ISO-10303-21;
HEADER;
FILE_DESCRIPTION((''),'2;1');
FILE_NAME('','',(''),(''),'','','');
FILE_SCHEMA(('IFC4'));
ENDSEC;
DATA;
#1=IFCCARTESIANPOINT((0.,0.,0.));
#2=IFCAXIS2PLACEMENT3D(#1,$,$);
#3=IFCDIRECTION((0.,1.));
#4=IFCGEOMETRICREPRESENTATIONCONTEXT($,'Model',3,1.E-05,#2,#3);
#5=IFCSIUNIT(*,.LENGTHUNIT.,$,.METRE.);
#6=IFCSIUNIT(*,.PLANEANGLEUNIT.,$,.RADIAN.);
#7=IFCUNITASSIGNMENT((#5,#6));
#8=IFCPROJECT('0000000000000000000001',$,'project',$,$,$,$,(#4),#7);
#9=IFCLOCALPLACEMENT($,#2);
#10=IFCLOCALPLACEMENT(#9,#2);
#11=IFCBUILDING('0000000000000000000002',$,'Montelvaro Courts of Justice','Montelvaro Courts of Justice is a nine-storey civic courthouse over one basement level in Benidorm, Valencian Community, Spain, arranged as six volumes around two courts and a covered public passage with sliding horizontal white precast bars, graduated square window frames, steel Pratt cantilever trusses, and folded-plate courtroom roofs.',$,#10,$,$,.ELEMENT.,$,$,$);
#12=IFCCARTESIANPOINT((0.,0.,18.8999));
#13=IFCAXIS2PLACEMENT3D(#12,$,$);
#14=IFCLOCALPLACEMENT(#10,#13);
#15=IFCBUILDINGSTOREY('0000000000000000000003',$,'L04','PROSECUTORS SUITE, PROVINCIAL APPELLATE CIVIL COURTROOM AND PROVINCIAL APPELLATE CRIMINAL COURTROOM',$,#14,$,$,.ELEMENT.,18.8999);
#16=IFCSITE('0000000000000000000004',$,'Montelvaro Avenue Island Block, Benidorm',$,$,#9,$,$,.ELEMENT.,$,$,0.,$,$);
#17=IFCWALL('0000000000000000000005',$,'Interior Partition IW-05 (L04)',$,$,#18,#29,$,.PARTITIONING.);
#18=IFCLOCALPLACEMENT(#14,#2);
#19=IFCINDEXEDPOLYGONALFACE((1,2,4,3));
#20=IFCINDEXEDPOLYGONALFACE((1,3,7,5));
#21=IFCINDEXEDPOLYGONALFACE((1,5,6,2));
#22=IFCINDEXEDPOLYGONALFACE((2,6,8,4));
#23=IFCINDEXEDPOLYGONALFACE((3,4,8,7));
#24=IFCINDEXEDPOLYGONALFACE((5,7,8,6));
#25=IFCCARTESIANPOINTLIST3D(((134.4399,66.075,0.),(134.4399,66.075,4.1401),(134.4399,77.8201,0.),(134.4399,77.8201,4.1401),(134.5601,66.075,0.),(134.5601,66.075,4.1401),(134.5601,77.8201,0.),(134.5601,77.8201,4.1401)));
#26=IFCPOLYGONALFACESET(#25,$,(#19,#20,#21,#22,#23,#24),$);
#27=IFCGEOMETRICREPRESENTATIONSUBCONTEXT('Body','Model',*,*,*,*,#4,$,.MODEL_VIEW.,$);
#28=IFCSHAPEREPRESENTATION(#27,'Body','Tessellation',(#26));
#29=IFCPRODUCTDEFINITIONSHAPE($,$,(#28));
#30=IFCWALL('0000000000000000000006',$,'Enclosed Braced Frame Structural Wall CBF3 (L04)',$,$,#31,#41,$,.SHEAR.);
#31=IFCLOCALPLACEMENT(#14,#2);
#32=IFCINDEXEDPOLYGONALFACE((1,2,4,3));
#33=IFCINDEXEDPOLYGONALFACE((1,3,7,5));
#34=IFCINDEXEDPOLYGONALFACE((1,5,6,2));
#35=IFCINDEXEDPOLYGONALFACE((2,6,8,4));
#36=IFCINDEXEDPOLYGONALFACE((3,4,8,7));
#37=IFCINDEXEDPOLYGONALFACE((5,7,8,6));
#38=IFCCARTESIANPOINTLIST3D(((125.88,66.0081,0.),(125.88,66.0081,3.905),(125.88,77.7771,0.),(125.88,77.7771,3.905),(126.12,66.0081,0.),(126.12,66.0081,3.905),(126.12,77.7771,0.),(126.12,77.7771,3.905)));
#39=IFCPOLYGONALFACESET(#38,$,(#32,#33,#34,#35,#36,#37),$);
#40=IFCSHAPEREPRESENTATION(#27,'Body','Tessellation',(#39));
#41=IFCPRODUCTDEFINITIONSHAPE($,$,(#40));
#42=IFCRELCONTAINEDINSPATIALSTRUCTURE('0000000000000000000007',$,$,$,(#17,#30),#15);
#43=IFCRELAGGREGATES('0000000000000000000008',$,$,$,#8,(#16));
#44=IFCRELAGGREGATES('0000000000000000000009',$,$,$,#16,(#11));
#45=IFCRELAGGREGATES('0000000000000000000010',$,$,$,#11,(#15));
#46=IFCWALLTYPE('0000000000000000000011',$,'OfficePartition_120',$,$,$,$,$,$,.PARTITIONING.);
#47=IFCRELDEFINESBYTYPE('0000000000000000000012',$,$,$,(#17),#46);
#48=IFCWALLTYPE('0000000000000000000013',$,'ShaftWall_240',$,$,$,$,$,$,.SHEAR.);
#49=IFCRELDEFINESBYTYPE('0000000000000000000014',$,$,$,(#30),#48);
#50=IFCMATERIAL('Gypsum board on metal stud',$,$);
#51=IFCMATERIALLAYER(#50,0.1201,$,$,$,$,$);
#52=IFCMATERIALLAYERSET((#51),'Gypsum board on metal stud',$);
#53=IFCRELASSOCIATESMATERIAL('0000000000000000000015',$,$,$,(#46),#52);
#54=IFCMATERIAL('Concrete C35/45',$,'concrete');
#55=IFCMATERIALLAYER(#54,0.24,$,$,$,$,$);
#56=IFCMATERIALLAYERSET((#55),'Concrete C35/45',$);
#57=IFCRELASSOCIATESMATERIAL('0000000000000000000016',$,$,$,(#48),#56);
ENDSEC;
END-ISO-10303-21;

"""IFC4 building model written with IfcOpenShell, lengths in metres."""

from ifc_helpers import new_model, si_unit, direction, frame, frame_2d, origin, place, context, subcontext, project, spatial, rectangle, extrude, material, layer, layer_set, type_object, element, save


model = new_model("IFC4")

# Units and contexts
model_context = context("Model", 3, precision=1e-05, world=origin(), true_north=direction((0.0, 1.0)))
body_context = subcontext(model_context, "Body", "Model", "MODEL_VIEW")
ifc_project = project(units=[si_unit("LENGTHUNIT", "METRE"), si_unit("PLANEANGLEUNIT", "RADIAN")], contexts=[model_context])

# Site, building, storey
site_placement = place(None, origin())
site = spatial("IfcSite", under=ifc_project, at=site_placement, Name="Montelvaro Avenue Island Block, Benidorm", CompositionType="ELEMENT", RefElevation=0.0)
building_placement = place(site_placement, origin())
building = spatial("IfcBuilding", under=site, at=building_placement, Name="Montelvaro Courts of Justice", Description="Montelvaro Courts of Justice is a nine-storey civic courthouse over one basement level in Benidorm, Valencian Community, Spain, arranged as six volumes around two courts and a covered public passage with sliding horizontal white precast bars, graduated square window frames, steel Pratt cantilever trusses, and folded-plate courtroom roofs.", CompositionType="ELEMENT")
storey_placement = place(building_placement, frame((0.0, 0.0, 18.8999)))
storey = spatial("IfcBuildingStorey", under=building, at=storey_placement, Name="L04", Description="PROSECUTORS SUITE, PROVINCIAL APPELLATE CIVIL COURTROOM AND PROVINCIAL APPELLATE CRIMINAL COURTROOM", CompositionType="ELEMENT", Elevation=18.8999)

# Shared definitions
ifc_material_1 = material(Name="Gypsum board on metal stud")

# Shared definitions
ifc_layer_1 = layer(ifc_material_1, 0.1201)
ifc_layer_set_1 = layer_set([ifc_layer_1], Name="Gypsum board on metal stud")
wall_type_1 = type_object("IfcWallType", Name="OfficePartition_120", PredefinedType="PARTITIONING", material=ifc_layer_set_1)

# Walls
wall_1_placement = place(storey_placement, frame((134.5, 77.8201, 0.0), z_axis=(0.0, 0.0, 1.0), x_axis=(0.0, -1.0, 0.0)))
element("IfcWall", 1, at=wall_1_placement, inside=storey, type_object=wall_type_1, Name="Interior Partition IW-05 (L04)", PredefinedType="PARTITIONING", context=body_context, shape_type="SweptSolid", body=[
    extrude(rectangle(XDim=11.7451, YDim=0.1201, at=frame_2d((5.8726, 0.0))), origin(), (0.0, 0.0, 1.0), 4.1401),
])
ifc_material_2 = material(Name="Concrete C35/45", Category="concrete")
ifc_layer_2 = layer(ifc_material_2, 0.24)
ifc_layer_set_2 = layer_set([ifc_layer_2], Name="Concrete C35/45")
wall_type_2 = type_object("IfcWallType", Name="ShaftWall_240", PredefinedType="SHEAR", material=ifc_layer_set_2)
wall_2_placement = place(storey_placement, frame((126.0, 66.0081, 0.0), z_axis=(0.0, 0.0, 1.0), x_axis=(0.0, 1.0, 0.0)))
element("IfcWall", 2, at=wall_2_placement, inside=storey, type_object=wall_type_2, Name="Enclosed Braced Frame Structural Wall CBF3 (L04)", PredefinedType="SHEAR", context=body_context, shape_type="SweptSolid", body=[
    extrude(rectangle(XDim=11.769, YDim=0.24, at=frame_2d((5.8845, 0.0))), origin(), (0.0, 0.0, 1.0), 3.905),
])

save(model, "model.ifc")
